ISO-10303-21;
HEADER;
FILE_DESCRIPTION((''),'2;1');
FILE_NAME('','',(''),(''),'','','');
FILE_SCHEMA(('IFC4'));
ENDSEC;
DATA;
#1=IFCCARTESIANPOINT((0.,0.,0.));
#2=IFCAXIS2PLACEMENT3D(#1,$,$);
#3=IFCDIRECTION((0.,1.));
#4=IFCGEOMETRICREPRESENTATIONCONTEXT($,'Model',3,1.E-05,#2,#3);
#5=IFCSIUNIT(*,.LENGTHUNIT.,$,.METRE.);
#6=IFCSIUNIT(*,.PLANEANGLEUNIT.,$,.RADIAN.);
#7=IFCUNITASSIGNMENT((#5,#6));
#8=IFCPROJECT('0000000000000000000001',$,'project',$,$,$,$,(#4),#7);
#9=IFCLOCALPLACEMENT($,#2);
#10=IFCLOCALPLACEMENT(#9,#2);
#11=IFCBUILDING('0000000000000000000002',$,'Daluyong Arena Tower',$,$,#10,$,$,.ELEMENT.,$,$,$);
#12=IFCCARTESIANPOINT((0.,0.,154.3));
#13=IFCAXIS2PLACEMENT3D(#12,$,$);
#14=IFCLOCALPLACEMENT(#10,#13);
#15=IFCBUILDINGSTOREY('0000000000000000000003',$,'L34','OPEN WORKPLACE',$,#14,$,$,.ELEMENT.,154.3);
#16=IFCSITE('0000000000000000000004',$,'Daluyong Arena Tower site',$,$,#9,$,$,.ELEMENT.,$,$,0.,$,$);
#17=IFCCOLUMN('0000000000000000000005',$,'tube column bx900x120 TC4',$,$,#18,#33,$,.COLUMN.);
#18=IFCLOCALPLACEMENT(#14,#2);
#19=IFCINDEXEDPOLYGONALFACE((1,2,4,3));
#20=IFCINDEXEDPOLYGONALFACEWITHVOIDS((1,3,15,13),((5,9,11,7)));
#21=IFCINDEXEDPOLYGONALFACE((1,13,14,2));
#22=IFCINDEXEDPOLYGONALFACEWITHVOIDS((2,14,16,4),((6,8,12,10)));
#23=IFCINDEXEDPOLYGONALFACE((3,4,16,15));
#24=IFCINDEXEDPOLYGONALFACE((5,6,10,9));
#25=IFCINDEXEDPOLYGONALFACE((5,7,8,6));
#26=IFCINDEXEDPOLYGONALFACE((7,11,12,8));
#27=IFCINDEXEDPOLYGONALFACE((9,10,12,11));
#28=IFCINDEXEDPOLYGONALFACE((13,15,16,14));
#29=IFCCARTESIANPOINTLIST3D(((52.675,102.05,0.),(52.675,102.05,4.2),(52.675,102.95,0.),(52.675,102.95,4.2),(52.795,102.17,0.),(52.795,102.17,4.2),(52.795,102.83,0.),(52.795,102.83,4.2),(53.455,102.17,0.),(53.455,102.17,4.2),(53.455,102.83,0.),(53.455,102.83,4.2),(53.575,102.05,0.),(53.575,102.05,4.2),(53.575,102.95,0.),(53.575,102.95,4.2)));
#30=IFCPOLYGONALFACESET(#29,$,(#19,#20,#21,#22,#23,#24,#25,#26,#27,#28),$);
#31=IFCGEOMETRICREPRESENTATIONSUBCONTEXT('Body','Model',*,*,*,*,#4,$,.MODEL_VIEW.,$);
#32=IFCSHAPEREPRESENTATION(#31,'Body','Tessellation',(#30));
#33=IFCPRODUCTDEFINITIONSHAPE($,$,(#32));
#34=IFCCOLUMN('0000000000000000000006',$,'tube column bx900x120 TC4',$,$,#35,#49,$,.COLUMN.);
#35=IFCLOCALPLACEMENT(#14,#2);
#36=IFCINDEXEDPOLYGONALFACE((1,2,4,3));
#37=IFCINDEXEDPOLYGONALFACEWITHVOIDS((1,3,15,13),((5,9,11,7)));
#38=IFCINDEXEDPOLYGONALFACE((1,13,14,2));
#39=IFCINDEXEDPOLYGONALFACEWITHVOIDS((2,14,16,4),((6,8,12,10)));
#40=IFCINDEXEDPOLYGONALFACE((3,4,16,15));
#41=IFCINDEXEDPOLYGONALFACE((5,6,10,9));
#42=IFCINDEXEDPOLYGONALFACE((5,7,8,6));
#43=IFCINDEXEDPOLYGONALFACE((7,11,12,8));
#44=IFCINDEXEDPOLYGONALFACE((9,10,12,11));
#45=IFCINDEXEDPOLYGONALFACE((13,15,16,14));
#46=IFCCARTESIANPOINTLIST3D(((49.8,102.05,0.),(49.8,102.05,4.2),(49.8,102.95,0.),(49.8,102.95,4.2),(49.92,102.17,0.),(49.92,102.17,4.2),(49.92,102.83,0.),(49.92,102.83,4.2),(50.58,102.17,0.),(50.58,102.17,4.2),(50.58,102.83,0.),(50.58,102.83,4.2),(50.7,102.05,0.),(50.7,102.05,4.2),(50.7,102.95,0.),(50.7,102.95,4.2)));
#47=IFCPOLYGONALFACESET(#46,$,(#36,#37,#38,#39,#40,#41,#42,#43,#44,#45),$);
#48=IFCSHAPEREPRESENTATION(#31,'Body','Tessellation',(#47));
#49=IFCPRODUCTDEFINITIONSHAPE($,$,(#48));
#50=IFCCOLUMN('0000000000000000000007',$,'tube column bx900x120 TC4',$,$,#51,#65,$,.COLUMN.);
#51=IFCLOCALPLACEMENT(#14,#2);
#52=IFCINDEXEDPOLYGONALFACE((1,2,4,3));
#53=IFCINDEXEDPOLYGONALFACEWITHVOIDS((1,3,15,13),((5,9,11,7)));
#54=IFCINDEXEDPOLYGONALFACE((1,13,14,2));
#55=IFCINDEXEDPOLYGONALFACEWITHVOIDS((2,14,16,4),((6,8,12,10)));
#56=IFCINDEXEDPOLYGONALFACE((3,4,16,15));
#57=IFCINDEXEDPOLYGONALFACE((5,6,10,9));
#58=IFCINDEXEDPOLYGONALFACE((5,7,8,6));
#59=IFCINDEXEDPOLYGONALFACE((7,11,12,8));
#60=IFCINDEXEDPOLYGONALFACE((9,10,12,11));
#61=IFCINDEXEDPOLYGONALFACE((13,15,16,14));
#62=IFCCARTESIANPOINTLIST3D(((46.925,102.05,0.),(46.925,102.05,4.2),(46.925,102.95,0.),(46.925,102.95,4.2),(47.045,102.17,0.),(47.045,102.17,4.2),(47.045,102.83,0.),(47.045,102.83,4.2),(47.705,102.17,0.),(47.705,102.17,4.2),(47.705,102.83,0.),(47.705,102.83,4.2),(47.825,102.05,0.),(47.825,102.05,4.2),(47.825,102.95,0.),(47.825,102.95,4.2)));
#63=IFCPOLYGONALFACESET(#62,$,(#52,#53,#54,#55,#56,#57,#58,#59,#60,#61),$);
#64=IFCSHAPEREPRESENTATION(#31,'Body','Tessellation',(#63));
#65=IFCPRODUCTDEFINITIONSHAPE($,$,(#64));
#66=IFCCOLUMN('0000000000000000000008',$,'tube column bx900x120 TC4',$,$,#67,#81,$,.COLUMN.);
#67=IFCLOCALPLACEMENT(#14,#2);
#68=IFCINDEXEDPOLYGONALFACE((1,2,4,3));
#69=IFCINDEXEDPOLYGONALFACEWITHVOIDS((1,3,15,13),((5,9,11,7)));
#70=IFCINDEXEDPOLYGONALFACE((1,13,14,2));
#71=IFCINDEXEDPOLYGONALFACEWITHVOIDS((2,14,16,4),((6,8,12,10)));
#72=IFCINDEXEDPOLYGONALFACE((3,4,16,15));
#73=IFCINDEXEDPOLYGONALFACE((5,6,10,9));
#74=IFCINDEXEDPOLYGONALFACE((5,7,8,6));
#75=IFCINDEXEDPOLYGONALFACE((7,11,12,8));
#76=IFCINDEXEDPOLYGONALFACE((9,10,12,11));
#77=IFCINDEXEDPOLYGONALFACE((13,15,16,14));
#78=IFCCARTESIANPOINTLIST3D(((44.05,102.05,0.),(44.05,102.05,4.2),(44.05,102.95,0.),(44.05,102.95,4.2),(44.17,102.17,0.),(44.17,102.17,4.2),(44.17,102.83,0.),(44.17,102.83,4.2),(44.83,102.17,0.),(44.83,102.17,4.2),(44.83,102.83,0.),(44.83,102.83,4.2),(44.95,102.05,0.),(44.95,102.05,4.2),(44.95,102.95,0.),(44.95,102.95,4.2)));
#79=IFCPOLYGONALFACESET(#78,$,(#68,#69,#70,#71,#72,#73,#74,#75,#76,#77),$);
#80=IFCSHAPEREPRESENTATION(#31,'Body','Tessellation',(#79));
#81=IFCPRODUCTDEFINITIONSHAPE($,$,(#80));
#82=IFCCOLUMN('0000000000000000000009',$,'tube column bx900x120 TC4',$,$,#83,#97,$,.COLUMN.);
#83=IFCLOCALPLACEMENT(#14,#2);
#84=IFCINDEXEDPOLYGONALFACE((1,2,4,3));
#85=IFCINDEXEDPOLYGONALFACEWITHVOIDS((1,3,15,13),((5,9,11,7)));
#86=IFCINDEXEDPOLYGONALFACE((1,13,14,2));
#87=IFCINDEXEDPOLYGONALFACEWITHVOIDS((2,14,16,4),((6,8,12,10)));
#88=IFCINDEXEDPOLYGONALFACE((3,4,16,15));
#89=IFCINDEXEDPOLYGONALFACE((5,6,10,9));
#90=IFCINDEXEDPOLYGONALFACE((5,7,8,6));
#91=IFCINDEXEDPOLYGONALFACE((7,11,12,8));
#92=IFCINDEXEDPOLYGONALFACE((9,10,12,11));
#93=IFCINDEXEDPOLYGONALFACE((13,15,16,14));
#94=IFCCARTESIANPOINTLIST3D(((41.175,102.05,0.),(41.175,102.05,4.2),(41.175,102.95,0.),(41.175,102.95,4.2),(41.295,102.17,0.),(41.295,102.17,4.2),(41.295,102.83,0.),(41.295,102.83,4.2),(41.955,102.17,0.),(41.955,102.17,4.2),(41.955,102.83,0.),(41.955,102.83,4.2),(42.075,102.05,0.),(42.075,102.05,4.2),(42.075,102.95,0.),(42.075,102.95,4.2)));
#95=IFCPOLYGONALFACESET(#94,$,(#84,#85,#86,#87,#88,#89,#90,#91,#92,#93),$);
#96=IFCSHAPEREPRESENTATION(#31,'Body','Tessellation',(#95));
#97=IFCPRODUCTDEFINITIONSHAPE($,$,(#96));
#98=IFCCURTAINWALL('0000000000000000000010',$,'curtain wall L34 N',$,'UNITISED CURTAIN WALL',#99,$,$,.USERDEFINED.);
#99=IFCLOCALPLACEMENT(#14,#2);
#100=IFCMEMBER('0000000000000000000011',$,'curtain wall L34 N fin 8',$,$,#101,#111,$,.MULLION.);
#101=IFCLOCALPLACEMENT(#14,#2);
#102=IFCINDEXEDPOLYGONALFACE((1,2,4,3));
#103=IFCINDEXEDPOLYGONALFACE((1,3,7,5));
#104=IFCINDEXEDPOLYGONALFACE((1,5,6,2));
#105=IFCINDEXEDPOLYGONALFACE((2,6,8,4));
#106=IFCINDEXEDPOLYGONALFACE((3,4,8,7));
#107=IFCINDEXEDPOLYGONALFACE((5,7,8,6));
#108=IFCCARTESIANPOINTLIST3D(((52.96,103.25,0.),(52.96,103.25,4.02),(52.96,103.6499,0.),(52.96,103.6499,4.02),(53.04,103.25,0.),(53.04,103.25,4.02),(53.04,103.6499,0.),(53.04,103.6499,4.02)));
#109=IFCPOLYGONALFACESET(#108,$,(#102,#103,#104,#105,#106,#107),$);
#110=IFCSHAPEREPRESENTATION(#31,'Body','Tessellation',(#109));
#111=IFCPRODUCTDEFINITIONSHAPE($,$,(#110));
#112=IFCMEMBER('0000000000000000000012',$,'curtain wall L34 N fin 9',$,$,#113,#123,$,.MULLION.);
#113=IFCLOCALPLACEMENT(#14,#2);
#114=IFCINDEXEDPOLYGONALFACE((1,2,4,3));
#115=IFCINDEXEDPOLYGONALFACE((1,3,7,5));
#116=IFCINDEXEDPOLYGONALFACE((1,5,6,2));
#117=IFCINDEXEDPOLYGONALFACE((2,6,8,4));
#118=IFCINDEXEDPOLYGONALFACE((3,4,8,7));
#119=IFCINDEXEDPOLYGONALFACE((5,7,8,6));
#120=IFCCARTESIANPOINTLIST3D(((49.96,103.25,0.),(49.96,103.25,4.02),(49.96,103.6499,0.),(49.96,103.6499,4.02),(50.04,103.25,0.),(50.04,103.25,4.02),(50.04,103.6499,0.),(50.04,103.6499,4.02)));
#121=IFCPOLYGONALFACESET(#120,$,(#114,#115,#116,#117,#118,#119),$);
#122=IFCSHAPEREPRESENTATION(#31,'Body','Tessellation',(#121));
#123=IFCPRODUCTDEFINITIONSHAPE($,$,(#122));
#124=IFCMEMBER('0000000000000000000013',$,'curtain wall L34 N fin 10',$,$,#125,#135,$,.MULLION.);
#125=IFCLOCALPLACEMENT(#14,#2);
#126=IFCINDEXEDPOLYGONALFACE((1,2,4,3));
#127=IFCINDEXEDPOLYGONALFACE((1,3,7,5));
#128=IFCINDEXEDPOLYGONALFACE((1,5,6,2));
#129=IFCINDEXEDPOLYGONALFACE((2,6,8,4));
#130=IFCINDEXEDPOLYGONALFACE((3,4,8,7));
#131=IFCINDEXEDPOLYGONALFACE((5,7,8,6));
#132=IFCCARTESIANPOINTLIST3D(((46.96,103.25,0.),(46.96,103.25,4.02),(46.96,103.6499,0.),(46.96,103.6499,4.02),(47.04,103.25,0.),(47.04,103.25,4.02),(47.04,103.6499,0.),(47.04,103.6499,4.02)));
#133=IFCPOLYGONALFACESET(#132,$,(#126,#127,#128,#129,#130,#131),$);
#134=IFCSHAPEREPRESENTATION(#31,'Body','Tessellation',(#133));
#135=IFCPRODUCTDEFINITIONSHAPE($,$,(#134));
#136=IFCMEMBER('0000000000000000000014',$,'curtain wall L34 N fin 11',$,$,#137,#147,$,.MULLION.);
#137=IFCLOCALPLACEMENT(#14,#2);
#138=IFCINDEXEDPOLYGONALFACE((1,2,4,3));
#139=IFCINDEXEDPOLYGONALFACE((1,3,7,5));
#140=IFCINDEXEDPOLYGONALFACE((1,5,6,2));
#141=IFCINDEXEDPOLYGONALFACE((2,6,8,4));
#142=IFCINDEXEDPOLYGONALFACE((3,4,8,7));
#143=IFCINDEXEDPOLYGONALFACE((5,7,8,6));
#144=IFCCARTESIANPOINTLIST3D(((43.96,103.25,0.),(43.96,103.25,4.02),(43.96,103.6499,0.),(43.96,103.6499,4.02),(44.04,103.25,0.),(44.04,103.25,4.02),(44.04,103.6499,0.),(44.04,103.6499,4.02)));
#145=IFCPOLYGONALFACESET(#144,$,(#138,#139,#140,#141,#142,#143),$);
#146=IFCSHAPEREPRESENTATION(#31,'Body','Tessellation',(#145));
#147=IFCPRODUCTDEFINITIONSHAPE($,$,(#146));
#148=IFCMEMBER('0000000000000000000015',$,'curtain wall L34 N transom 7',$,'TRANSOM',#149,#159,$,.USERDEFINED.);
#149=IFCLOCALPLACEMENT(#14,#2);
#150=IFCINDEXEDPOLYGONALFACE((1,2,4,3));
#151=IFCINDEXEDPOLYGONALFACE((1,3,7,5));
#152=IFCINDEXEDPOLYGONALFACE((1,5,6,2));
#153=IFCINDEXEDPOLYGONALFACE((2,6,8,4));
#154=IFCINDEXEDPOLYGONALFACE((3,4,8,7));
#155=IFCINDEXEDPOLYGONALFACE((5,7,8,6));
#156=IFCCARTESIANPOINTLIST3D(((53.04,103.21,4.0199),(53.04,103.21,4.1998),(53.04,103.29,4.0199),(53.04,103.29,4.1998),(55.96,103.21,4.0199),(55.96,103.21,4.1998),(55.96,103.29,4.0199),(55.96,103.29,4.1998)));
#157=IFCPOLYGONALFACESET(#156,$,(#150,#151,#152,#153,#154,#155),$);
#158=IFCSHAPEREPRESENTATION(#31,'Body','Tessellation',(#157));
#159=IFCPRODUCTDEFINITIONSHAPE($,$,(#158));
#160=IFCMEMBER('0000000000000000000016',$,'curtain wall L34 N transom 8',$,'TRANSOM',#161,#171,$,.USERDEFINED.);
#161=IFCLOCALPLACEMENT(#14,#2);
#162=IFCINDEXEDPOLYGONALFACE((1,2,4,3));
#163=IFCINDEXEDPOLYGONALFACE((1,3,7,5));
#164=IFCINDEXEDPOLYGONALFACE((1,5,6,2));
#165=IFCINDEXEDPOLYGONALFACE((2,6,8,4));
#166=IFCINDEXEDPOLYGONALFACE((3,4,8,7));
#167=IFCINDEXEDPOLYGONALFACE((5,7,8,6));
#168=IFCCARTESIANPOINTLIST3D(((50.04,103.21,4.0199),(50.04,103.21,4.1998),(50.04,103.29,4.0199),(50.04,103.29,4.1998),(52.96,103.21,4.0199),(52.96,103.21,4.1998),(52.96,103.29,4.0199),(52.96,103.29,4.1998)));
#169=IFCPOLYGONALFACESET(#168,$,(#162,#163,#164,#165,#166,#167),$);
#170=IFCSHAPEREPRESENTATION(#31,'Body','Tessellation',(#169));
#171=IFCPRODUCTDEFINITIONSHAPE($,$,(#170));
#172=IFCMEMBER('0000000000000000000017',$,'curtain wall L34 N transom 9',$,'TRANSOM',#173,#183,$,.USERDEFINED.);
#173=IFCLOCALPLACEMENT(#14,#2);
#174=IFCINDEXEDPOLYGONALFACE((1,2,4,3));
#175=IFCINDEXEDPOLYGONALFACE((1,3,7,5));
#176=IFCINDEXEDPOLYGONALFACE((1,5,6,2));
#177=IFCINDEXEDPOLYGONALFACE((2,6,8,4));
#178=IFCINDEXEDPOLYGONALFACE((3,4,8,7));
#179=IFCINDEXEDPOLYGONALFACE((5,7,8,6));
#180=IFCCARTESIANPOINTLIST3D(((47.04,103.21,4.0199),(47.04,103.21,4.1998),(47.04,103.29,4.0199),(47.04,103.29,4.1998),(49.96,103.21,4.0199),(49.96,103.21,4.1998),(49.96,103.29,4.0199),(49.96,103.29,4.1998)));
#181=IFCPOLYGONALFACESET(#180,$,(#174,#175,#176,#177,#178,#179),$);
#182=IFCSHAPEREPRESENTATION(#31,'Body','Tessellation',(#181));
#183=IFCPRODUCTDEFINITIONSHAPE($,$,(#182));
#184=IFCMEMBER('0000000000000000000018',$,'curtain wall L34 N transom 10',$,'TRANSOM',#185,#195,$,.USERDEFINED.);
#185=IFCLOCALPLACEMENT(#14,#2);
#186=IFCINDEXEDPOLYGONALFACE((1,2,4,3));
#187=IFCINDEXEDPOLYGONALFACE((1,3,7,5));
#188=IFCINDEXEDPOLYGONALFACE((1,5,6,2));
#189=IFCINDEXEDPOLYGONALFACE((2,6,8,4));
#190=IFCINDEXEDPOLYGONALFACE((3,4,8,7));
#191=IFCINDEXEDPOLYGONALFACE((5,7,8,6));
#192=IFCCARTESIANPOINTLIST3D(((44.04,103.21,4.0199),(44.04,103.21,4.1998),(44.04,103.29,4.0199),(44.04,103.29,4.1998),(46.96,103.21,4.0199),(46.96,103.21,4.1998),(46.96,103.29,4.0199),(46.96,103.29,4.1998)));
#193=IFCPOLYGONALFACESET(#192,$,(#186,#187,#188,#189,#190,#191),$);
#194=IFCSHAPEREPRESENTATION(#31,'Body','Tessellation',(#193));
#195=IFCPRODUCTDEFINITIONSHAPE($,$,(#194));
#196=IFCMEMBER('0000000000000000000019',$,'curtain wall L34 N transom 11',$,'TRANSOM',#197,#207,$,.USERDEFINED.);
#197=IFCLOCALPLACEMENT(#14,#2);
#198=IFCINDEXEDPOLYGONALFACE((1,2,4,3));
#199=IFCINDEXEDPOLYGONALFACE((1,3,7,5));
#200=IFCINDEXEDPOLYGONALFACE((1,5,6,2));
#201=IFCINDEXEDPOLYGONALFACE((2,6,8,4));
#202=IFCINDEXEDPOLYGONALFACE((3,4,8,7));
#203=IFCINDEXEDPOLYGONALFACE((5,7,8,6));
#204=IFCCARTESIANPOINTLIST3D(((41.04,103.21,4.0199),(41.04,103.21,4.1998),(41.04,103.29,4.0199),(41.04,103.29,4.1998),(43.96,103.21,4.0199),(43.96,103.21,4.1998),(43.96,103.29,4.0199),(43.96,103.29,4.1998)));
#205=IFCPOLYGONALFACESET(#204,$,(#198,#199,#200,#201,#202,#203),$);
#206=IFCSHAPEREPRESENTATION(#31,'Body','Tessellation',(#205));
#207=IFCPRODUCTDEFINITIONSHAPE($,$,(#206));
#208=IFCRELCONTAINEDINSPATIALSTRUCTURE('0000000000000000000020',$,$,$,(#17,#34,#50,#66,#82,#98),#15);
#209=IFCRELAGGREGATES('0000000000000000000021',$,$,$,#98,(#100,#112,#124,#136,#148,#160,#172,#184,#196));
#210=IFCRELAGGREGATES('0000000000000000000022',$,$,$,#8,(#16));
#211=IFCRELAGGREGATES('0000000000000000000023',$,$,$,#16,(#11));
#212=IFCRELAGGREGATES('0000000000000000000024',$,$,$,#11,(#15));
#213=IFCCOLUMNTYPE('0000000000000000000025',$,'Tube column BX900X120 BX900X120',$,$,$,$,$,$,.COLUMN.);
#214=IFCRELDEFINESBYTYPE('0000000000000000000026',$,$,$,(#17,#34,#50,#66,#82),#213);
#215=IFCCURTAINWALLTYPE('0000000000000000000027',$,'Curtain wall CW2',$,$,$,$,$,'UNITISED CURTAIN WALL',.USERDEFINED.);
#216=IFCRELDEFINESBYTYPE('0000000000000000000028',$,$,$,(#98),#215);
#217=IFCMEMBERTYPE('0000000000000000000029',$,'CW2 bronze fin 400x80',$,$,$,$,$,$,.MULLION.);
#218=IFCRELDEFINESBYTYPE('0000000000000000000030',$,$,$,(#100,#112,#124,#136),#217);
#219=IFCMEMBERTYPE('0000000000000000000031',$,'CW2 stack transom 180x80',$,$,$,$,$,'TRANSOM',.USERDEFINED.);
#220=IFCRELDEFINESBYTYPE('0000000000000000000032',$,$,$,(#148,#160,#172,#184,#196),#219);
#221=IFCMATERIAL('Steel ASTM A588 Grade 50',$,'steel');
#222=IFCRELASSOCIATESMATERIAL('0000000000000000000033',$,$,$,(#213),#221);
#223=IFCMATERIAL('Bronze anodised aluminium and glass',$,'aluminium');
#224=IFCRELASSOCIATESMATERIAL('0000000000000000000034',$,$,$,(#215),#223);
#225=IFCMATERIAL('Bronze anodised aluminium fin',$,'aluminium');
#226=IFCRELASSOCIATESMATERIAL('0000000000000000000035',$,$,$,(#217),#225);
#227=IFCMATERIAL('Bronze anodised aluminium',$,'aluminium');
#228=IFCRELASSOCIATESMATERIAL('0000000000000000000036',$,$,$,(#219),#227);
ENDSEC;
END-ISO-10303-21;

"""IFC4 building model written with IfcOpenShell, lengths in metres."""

from ifc_helpers import new_model, si_unit, direction, frame, origin, origin_2d, place, context, subcontext, project, spatial, rectangle, hollow_rectangle, extrude, material, material_profile, profile_set, type_object, element, aggregate, save


model = new_model("IFC4")

# Units and contexts
model_context = context("Model", 3, precision=1e-05, world=origin(), true_north=direction((0.0, 1.0)))
body_context = subcontext(model_context, "Body", "Model", "MODEL_VIEW")
ifc_project = project(units=[si_unit("LENGTHUNIT", "METRE"), si_unit("PLANEANGLEUNIT", "RADIAN")], contexts=[model_context])

# Site, building, storey
site_placement = place(None, origin())
site = spatial("IfcSite", under=ifc_project, at=site_placement, Name="Daluyong Arena Tower site", CompositionType="ELEMENT", RefElevation=0.0)
building_placement = place(site_placement, origin())
building = spatial("IfcBuilding", under=site, at=building_placement, Name="Daluyong Arena Tower", CompositionType="ELEMENT")
storey_placement = place(building_placement, frame((0.0, 0.0, 154.3)))
storey = spatial("IfcBuildingStorey", under=building, at=storey_placement, Name="L34", Description="OPEN WORKPLACE", CompositionType="ELEMENT", Elevation=154.3)

# Columns
ifc_material_1 = material(Name="Steel ASTM A588 Grade 50", Category="steel")
ifc_material_profile_1 = material_profile(ifc_material_1, hollow_rectangle(XDim=0.8999, YDim=0.8999, WallThickness=0.12, at=origin_2d()))
ifc_profile_set_1 = profile_set([ifc_material_profile_1], Name="Steel ASTM A588 Grade 50")
column_type = type_object("IfcColumnType", Name="Tube column BX900X120 BX900X120", PredefinedType="COLUMN", material=ifc_profile_set_1)
for number, where, z_axis, x_axis, name in (
    (1, (53.125, 102.5, 0.0), (0.0, 0.0, 1.0), (1.0, 0.0, 0.0), "tube column bx900x120 TC4"),
    (2, (50.25, 102.5, 0.0), (0.0, 0.0, 1.0), (1.0, 0.0, 0.0), "tube column bx900x120 TC4"),
    (3, (47.375, 102.5, 0.0), (0.0, 0.0, 1.0), (1.0, 0.0, 0.0), "tube column bx900x120 TC4"),
    (4, (44.5, 102.5, 0.0), (0.0, 0.0, 1.0), (1.0, 0.0, 0.0), "tube column bx900x120 TC4"),
    (5, (41.625, 102.5, 0.0), (0.0, 0.0, 1.0), (1.0, 0.0, 0.0), "tube column bx900x120 TC4"),
):
    element("IfcColumn", number, at=place(storey_placement, frame(where, z_axis=z_axis, x_axis=x_axis)), inside=storey, type_object=column_type, Name=name, PredefinedType="COLUMN", context=body_context, shape_type="SweptSolid", body=[
        extrude(hollow_rectangle(XDim=0.8999, YDim=0.8999, WallThickness=0.12, at=origin_2d()), origin(), (0.0, 0.0, 1.0), 4.2),
    ])

# Curtain wall, members
ifc_material_2 = material(Name="Bronze anodised aluminium and glass", Category="aluminium")
curtain_wall_type = type_object("IfcCurtainWallType", Name="Curtain wall CW2", ElementType="UNITISED CURTAIN WALL", PredefinedType="USERDEFINED", material=ifc_material_2)
curtain_wall_placement = place(storey_placement, origin())
curtain_wall = element("IfcCurtainWall", 6, at=curtain_wall_placement, inside=storey, type_object=curtain_wall_type, Name="curtain wall L34 N", ObjectType="UNITISED CURTAIN WALL", PredefinedType="USERDEFINED")
ifc_material_3 = material(Name="Bronze anodised aluminium fin", Category="aluminium")
ifc_material_profile_2 = material_profile(ifc_material_3, rectangle(XDim=0.3999, YDim=0.0801, at=origin_2d()))
ifc_profile_set_2 = profile_set([ifc_material_profile_2], Name="Bronze anodised aluminium fin")
member_type_1 = type_object("IfcMemberType", Name="CW2 bronze fin 400x80", PredefinedType="MULLION", material=ifc_profile_set_2)
member_1_placement = place(storey_placement, frame((53.0, 103.45, 0.0), z_axis=(0.0, 0.0, 1.0), x_axis=(0.0, -1.0, 0.0)))
member_1 = element("IfcMember", 7, at=member_1_placement, type_object=member_type_1, Name="curtain wall L34 N fin 8", PredefinedType="MULLION", context=body_context, shape_type="SweptSolid", body=[
    extrude(rectangle(XDim=0.3999, YDim=0.0801, at=origin_2d()), origin(), (0.0, 0.0, 1.0), 4.02),
])
member_2_placement = place(storey_placement, frame((50.0, 103.45, 0.0), z_axis=(0.0, 0.0, 1.0), x_axis=(0.0, -1.0, 0.0)))
member_2 = element("IfcMember", 8, at=member_2_placement, type_object=member_type_1, Name="curtain wall L34 N fin 9", PredefinedType="MULLION", context=body_context, shape_type="SweptSolid", body=[
    extrude(rectangle(XDim=0.3999, YDim=0.0801, at=origin_2d()), origin(), (0.0, 0.0, 1.0), 4.02),
])
member_3_placement = place(storey_placement, frame((47.0, 103.45, 0.0), z_axis=(0.0, 0.0, 1.0), x_axis=(0.0, -1.0, 0.0)))
member_3 = element("IfcMember", 9, at=member_3_placement, type_object=member_type_1, Name="curtain wall L34 N fin 10", PredefinedType="MULLION", context=body_context, shape_type="SweptSolid", body=[
    extrude(rectangle(XDim=0.3999, YDim=0.0801, at=origin_2d()), origin(), (0.0, 0.0, 1.0), 4.02),
])
member_4_placement = place(storey_placement, frame((44.0, 103.45, 0.0), z_axis=(0.0, 0.0, 1.0), x_axis=(0.0, -1.0, 0.0)))
member_4 = element("IfcMember", 10, at=member_4_placement, type_object=member_type_1, Name="curtain wall L34 N fin 11", PredefinedType="MULLION", context=body_context, shape_type="SweptSolid", body=[
    extrude(rectangle(XDim=0.3999, YDim=0.0801, at=origin_2d()), origin(), (0.0, 0.0, 1.0), 4.02),
])
ifc_material_4 = material(Name="Bronze anodised aluminium", Category="aluminium")
ifc_material_profile_3 = material_profile(ifc_material_4, rectangle(XDim=0.0801, YDim=0.1799, at=origin_2d()))
ifc_profile_set_3 = profile_set([ifc_material_profile_3], Name="Bronze anodised aluminium")
member_type_2 = type_object("IfcMemberType", Name="CW2 stack transom 180x80", ElementType="TRANSOM", PredefinedType="USERDEFINED", material=ifc_profile_set_3)
member_5_placement = place(storey_placement, frame((55.96, 103.25, 4.1099), z_axis=(-1.0, 0.0, 0.0), x_axis=(0.0, -1.0, 0.0)))
member_5 = element("IfcMember", 11, at=member_5_placement, type_object=member_type_2, Name="curtain wall L34 N transom 7", ObjectType="TRANSOM", PredefinedType="USERDEFINED", context=body_context, shape_type="SweptSolid", body=[
    extrude(rectangle(XDim=0.0801, YDim=0.1799, at=origin_2d()), origin(), (0.0, 0.0, 1.0), 2.9199),
])
member_6_placement = place(storey_placement, frame((52.96, 103.25, 4.1099), z_axis=(-1.0, 0.0, 0.0), x_axis=(0.0, -1.0, 0.0)))
member_6 = element("IfcMember", 12, at=member_6_placement, type_object=member_type_2, Name="curtain wall L34 N transom 8", ObjectType="TRANSOM", PredefinedType="USERDEFINED", context=body_context, shape_type="SweptSolid", body=[
    extrude(rectangle(XDim=0.0801, YDim=0.1799, at=origin_2d()), origin(), (0.0, 0.0, 1.0), 2.9199),
])
member_7_placement = place(storey_placement, frame((49.96, 103.25, 4.1099), z_axis=(-1.0, 0.0, 0.0), x_axis=(0.0, -1.0, 0.0)))
member_7 = element("IfcMember", 13, at=member_7_placement, type_object=member_type_2, Name="curtain wall L34 N transom 9", ObjectType="TRANSOM", PredefinedType="USERDEFINED", context=body_context, shape_type="SweptSolid", body=[
    extrude(rectangle(XDim=0.0801, YDim=0.1799, at=origin_2d()), origin(), (0.0, 0.0, 1.0), 2.9199),
])
member_8_placement = place(storey_placement, frame((46.96, 103.25, 4.1099), z_axis=(-1.0, 0.0, 0.0), x_axis=(0.0, -1.0, 0.0)))
member_8 = element("IfcMember", 14, at=member_8_placement, type_object=member_type_2, Name="curtain wall L34 N transom 10", ObjectType="TRANSOM", PredefinedType="USERDEFINED", context=body_context, shape_type="SweptSolid", body=[
    extrude(rectangle(XDim=0.0801, YDim=0.1799, at=origin_2d()), origin(), (0.0, 0.0, 1.0), 2.9199),
])
member_9_placement = place(storey_placement, frame((43.96, 103.25, 4.1099), z_axis=(-1.0, 0.0, 0.0), x_axis=(0.0, -1.0, 0.0)))
member_9 = element("IfcMember", 15, at=member_9_placement, type_object=member_type_2, Name="curtain wall L34 N transom 11", ObjectType="TRANSOM", PredefinedType="USERDEFINED", context=body_context, shape_type="SweptSolid", body=[
    extrude(rectangle(XDim=0.0801, YDim=0.1799, at=origin_2d()), origin(), (0.0, 0.0, 1.0), 2.9199),
])

aggregate(curtain_wall, [member_1, member_2, member_3, member_4, member_5, member_6, member_7, member_8, member_9])

save(model, "model.ifc")
